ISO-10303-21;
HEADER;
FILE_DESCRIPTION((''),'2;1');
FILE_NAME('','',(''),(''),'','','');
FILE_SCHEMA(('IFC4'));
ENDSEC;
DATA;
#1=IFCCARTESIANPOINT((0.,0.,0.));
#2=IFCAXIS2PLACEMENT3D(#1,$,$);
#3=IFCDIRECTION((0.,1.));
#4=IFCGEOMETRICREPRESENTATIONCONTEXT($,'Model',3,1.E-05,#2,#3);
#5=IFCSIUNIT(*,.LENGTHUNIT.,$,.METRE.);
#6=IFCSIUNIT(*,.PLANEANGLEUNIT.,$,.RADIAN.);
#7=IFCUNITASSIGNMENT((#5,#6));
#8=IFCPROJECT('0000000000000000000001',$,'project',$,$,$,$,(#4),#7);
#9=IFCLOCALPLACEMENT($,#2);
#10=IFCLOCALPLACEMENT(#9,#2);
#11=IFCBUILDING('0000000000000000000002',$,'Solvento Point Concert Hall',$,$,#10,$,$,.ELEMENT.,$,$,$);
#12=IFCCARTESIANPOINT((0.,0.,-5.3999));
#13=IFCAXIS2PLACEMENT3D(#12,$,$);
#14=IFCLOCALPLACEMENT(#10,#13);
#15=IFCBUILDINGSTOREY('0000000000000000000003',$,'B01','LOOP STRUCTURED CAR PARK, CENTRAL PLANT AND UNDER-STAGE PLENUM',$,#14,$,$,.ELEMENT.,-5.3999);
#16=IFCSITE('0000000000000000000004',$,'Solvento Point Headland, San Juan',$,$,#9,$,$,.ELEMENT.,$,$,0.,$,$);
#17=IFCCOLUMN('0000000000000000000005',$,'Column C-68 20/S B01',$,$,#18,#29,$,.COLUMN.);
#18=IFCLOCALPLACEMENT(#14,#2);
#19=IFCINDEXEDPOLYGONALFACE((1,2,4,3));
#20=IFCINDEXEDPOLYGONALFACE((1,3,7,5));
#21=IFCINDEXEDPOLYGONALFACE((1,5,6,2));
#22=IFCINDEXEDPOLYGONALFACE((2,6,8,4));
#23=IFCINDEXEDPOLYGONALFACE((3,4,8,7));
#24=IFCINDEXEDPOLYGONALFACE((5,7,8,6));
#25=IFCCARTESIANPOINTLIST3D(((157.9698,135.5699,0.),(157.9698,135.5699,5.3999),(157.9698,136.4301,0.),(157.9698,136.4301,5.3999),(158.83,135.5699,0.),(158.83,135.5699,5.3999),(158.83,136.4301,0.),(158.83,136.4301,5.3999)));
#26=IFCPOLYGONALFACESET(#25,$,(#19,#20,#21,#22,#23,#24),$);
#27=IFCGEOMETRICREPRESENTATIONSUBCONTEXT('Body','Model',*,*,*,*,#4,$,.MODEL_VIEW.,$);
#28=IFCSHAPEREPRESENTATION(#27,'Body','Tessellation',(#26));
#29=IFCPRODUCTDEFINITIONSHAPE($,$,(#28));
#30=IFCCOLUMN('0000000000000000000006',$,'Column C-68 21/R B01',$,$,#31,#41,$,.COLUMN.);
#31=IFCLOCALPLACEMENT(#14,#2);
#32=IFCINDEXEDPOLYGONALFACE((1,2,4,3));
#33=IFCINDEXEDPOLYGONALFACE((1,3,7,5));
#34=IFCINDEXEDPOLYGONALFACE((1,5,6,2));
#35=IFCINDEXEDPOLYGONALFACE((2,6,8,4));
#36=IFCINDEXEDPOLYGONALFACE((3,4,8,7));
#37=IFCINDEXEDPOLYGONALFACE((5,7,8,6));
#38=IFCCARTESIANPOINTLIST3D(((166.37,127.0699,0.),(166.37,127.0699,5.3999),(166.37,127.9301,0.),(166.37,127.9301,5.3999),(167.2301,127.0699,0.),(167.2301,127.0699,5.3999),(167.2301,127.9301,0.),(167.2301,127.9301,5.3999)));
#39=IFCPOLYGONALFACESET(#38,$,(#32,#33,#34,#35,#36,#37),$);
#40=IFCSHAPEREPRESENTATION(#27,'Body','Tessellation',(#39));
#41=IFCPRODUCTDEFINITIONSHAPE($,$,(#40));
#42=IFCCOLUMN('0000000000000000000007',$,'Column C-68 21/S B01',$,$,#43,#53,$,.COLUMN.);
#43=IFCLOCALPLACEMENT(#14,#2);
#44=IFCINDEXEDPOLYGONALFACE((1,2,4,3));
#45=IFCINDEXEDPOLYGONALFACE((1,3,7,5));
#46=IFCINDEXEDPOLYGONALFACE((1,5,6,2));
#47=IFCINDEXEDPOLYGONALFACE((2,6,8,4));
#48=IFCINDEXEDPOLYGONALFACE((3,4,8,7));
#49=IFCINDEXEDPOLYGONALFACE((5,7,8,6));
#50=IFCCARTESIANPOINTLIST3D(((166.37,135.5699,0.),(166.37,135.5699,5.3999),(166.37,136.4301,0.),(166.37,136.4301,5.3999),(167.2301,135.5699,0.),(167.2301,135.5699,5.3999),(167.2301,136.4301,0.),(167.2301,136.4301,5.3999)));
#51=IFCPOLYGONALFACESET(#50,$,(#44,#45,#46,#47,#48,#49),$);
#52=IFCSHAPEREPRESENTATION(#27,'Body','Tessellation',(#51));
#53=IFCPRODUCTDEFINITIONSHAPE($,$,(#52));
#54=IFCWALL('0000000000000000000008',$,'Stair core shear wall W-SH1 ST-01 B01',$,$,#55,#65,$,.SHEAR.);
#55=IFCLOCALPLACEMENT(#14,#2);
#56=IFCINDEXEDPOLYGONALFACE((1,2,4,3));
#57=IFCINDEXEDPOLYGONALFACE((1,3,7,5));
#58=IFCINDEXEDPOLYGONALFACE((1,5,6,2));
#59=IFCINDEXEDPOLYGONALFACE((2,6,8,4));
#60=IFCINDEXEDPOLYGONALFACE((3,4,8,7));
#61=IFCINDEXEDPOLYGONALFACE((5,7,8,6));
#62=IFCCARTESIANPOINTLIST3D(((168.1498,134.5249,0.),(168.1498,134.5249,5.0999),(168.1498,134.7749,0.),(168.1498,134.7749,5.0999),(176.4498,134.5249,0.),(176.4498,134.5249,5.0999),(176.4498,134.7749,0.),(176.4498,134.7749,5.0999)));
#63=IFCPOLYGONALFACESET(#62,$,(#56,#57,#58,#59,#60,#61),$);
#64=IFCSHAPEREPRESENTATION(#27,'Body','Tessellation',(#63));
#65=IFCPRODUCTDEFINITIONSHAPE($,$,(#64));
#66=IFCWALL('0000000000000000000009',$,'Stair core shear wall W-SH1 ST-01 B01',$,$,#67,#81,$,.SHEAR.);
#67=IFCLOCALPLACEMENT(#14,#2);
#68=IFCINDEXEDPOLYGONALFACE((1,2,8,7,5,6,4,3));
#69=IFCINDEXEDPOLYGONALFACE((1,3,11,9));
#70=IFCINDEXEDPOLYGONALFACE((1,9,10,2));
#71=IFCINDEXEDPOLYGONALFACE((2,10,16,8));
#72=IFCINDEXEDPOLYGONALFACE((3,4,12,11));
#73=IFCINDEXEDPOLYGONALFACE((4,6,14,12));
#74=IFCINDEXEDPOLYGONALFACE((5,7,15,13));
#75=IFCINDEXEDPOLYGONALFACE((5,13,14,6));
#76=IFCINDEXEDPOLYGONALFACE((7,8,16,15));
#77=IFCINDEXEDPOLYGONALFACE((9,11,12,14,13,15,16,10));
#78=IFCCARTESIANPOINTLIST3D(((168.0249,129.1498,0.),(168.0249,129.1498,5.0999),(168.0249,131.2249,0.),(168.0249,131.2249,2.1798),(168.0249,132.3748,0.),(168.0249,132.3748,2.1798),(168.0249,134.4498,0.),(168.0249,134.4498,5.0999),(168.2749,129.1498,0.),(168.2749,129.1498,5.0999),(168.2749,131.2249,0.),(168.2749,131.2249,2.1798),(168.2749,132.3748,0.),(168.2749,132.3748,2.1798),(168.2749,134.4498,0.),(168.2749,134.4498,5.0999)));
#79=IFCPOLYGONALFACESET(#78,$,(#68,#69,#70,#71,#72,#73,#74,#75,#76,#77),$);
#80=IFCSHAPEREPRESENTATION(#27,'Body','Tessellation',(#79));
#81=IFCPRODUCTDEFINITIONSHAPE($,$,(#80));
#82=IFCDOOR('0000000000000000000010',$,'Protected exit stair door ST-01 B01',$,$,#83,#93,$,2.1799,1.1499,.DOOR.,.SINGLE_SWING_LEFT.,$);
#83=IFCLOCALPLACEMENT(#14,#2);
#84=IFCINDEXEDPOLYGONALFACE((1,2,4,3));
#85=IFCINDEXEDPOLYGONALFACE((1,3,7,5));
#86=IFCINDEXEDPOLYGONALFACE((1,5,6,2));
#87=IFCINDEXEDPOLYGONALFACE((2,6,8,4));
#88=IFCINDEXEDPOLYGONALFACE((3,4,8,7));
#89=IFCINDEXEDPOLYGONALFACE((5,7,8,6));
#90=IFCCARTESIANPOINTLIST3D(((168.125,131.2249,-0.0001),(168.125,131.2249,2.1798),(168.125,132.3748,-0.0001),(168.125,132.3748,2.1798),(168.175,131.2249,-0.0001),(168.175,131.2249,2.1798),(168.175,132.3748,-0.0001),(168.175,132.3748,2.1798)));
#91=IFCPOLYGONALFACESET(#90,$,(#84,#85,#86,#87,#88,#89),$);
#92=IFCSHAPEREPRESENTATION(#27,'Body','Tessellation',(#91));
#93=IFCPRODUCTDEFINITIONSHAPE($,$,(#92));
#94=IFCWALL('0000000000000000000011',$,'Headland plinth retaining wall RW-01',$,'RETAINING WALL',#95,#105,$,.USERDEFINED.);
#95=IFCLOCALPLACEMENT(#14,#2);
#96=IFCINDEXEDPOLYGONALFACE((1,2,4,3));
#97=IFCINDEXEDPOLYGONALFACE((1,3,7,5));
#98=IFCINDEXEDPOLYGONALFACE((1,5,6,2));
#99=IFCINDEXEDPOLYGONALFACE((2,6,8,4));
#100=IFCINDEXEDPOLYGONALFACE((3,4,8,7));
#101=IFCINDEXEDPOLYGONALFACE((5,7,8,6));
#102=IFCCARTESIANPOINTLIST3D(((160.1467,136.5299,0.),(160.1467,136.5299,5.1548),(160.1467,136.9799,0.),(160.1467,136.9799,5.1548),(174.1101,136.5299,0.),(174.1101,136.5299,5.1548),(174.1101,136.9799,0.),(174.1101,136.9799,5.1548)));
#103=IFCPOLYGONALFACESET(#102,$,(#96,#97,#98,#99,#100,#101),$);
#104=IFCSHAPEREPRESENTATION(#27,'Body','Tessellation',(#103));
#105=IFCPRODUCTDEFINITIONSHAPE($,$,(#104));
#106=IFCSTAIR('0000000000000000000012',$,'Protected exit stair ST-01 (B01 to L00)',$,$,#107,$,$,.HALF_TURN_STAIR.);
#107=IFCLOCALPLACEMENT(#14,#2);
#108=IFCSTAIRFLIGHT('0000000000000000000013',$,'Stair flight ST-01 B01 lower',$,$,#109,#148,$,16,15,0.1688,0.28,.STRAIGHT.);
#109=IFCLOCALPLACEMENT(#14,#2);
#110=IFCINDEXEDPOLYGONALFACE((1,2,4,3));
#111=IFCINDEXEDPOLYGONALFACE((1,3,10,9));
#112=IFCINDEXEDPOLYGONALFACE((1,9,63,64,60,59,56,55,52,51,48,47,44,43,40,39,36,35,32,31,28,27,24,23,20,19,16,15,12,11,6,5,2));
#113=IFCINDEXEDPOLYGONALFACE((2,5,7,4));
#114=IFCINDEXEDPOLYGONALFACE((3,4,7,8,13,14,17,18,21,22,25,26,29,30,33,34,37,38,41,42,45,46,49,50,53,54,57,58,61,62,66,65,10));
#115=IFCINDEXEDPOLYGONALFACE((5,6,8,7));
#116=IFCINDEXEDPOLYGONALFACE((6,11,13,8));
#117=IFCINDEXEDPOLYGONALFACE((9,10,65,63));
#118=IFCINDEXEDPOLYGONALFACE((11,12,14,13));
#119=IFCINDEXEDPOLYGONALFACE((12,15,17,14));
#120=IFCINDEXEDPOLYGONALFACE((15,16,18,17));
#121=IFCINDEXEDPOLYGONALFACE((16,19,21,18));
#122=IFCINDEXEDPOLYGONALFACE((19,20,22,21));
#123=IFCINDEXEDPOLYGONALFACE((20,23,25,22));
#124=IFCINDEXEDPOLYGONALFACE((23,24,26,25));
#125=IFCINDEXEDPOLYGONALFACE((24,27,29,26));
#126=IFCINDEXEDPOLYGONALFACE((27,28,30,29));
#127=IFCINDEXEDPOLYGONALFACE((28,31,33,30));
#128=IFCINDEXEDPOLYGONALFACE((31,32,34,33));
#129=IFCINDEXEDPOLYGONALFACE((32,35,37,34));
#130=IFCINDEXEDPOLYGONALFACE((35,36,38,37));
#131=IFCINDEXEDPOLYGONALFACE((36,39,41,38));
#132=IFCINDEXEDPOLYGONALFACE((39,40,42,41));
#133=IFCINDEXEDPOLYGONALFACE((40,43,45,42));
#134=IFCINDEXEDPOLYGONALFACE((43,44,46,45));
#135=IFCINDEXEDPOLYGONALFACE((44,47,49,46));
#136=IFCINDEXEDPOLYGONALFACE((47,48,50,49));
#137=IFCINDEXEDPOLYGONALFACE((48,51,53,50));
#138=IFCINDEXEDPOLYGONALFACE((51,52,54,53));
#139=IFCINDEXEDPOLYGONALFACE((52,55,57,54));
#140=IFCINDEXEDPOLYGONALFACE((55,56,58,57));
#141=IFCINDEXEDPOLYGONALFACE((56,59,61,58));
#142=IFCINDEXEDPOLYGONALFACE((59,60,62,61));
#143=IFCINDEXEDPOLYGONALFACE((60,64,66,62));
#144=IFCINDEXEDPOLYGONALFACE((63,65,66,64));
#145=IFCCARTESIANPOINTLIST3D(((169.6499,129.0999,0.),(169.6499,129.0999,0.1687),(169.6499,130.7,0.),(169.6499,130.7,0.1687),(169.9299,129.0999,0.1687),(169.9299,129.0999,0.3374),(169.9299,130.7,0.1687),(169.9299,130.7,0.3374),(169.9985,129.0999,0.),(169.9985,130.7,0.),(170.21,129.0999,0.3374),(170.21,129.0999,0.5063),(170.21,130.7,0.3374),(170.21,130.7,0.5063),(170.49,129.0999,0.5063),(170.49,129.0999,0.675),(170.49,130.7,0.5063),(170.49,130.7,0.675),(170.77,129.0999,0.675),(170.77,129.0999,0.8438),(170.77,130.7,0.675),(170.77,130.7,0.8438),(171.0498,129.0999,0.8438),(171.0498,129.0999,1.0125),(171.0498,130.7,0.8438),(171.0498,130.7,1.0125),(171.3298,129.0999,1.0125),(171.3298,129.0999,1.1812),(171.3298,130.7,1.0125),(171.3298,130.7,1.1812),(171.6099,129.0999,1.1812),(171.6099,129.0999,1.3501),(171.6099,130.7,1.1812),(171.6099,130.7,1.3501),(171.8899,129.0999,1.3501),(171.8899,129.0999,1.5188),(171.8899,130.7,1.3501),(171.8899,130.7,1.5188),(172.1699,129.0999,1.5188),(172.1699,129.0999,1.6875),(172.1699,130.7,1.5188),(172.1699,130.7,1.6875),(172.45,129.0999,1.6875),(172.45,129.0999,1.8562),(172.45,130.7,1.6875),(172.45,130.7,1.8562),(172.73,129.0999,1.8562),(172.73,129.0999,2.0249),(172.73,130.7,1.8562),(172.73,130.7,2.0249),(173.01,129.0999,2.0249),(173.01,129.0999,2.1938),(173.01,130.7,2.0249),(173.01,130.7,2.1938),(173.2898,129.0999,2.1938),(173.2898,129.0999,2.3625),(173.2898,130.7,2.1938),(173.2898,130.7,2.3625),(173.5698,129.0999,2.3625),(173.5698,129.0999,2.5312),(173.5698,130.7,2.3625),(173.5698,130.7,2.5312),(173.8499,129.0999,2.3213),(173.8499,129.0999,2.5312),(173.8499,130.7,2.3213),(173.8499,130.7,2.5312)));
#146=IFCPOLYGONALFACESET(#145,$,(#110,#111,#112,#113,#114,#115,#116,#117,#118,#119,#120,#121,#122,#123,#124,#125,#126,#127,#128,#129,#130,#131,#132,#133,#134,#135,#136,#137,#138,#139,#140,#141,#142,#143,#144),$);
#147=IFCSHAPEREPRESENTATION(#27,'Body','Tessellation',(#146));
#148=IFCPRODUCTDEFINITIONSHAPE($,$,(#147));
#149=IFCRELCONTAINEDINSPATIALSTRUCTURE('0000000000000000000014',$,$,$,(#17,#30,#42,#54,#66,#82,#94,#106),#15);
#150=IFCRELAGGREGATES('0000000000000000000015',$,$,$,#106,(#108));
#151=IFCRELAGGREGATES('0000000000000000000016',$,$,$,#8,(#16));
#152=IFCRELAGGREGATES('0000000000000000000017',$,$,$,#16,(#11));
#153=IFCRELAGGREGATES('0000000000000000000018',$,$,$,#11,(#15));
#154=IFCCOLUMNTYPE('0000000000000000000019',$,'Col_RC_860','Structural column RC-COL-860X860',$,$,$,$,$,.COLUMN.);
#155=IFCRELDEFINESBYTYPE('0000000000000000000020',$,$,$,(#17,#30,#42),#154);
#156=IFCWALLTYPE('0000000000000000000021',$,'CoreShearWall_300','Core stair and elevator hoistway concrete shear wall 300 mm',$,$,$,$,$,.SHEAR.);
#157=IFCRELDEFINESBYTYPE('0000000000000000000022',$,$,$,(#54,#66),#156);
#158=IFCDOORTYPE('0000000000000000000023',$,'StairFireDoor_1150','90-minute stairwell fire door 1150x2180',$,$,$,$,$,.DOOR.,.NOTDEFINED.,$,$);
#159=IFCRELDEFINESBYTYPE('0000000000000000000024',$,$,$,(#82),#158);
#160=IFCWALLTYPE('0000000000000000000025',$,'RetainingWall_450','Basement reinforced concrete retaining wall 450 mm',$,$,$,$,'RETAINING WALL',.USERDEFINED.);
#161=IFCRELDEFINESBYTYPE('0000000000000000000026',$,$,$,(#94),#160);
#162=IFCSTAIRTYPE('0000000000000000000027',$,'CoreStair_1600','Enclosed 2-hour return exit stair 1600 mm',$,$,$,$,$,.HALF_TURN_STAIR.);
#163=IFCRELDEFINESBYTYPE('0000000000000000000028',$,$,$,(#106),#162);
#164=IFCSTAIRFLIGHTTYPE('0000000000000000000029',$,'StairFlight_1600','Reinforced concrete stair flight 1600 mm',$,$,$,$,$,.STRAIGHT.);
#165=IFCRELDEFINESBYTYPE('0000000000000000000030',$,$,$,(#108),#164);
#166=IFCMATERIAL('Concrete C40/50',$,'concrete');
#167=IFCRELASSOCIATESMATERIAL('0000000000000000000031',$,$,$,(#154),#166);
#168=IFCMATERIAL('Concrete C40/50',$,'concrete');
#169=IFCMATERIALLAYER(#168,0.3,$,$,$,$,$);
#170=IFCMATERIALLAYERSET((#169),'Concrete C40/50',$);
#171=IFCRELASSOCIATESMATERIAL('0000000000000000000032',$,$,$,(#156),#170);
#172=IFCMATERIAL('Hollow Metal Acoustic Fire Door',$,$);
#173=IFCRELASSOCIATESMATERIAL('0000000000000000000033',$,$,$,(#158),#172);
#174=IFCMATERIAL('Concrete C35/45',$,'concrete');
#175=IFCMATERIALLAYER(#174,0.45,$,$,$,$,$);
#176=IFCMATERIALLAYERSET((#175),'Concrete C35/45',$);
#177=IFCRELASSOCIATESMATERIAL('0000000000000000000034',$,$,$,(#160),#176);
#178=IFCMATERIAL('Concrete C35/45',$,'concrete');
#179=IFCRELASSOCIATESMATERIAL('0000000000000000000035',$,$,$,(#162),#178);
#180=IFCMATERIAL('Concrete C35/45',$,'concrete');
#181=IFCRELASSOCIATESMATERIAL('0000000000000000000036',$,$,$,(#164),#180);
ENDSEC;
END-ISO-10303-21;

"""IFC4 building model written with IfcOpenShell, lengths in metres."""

from ifc_helpers import new_model, si_unit, direction, frame, frame_2d, origin, origin_2d, place, context, subcontext, project, spatial, polyline, rectangle, outline, extrude, material, layer, layer_set, material_profile, profile_set, type_object, element, fill, aggregate, save


model = new_model("IFC4")

# Units and contexts
model_context = context("Model", 3, precision=1e-05, world=origin(), true_north=direction((0.0, 1.0)))
body_context = subcontext(model_context, "Body", "Model", "MODEL_VIEW")
ifc_project = project(units=[si_unit("LENGTHUNIT", "METRE"), si_unit("PLANEANGLEUNIT", "RADIAN")], contexts=[model_context])

# Site, building, storey
site_placement = place(None, origin())
site = spatial("IfcSite", under=ifc_project, at=site_placement, Name="Solvento Point Headland, San Juan", CompositionType="ELEMENT", RefElevation=0.0)
building_placement = place(site_placement, origin())
building = spatial("IfcBuilding", under=site, at=building_placement, Name="Solvento Point Concert Hall", CompositionType="ELEMENT")
storey_placement = place(building_placement, frame((0.0, 0.0, -5.3999)))
storey = spatial("IfcBuildingStorey", under=building, at=storey_placement, Name="B01", Description="LOOP STRUCTURED CAR PARK, CENTRAL PLANT AND UNDER-STAGE PLENUM", CompositionType="ELEMENT", Elevation=-5.3999)

# Columns
ifc_material_1 = material(Name="Concrete C40/50", Category="concrete")
ifc_material_profile_1 = material_profile(ifc_material_1, rectangle(XDim=0.8601, YDim=0.8601, at=origin_2d()), Name="RC-COL-860X860")
ifc_profile_set_1 = profile_set([ifc_material_profile_1], Name="Concrete C40/50")
column_type = type_object("IfcColumnType", Name="Col_RC_860", Description="Structural column RC-COL-860X860", PredefinedType="COLUMN", material=ifc_profile_set_1)
for number, where, z_axis, x_axis, name in (
    (1, (158.3999, 136.0, 0.0), (0.0, 0.0, 1.0), (1.0, 0.0, 0.0), "Column C-68 20/S B01"),
    (2, (166.8, 127.5, 0.0), (0.0, 0.0, 1.0), (1.0, 0.0, 0.0), "Column C-68 21/R B01"),
    (3, (166.8, 136.0, 0.0), (0.0, 0.0, 1.0), (1.0, 0.0, 0.0), "Column C-68 21/S B01"),
):
    element("IfcColumn", number, at=place(storey_placement, frame(where, z_axis=z_axis, x_axis=x_axis)), inside=storey, type_object=column_type, Name=name, PredefinedType="COLUMN", context=body_context, shape_type="SweptSolid", body=[
        extrude(rectangle(XDim=0.8601, YDim=0.8601, at=origin_2d()), origin(), (0.0, 0.0, 1.0), 5.3999),
    ])

# Wall
ifc_material_2 = material(Name="Concrete C40/50", Category="concrete")
ifc_layer_1 = layer(ifc_material_2, 0.3)
ifc_layer_set_1 = layer_set([ifc_layer_1], Name="Concrete C40/50")
wall_type_1 = type_object("IfcWallType", Name="CoreShearWall_300", Description="Core stair and elevator hoistway concrete shear wall 300 mm", PredefinedType="SHEAR", material=ifc_layer_set_1)
wall_1_placement = place(storey_placement, frame((168.1499, 134.6499, 0.0), z_axis=(0.0, 0.0, 1.0), x_axis=(1.0, 0.0, 0.0)))
element("IfcWall", 4, at=wall_1_placement, inside=storey, type_object=wall_type_1, Name="Stair core shear wall W-SH1 ST-01 B01", PredefinedType="SHEAR", context=body_context, shape_type="SweptSolid", body=[
    extrude(rectangle(XDim=8.3, YDim=0.25, at=frame_2d((4.1499, 0.0))), origin(), (0.0, 0.0, 1.0), 5.0999),
])

# Wall, opening, door
wall_2_placement = place(storey_placement, frame((168.1499, 129.1499, 0.0), z_axis=(0.0, 0.0, 1.0), x_axis=(0.0, 1.0, 0.0)))
wall_2 = element("IfcWall", 5, at=wall_2_placement, inside=storey, type_object=wall_type_1, Name="Stair core shear wall W-SH1 ST-01 B01", PredefinedType="SHEAR", context=body_context, shape_type="SweptSolid", body=[
    extrude(rectangle(XDim=5.3, YDim=0.25, at=frame_2d((2.6499, 0.0))), origin(), (0.0, 0.0, 1.0), 5.0999),
])
opening_placement = place(wall_2_placement, frame((2.075, 0.0, 0.0)))
opening = element("IfcOpeningElement", 6, at=opening_placement, cuts=wall_2, PredefinedType="OPENING", context=body_context, shape_type="SweptSolid", body=[
    extrude(rectangle(XDim=1.1499, YDim=2.1799, at=frame_2d((0.575, 1.0898))), frame((0.0, 0.135, 0.0), z_axis=(0.0, -1.0, 0.0), x_axis=(1.0, 0.0, 0.0)), (0.0, 0.0, 1.0), 0.27),
])
ifc_material_3 = material(Name="Hollow Metal Acoustic Fire Door")
door_type = type_object("IfcDoorType", Name="StairFireDoor_1150", Description="90-minute stairwell fire door 1150x2180", OperationType="NOTDEFINED", PredefinedType="DOOR", material=ifc_material_3)
door_placement = place(opening_placement, origin())
door = element("IfcDoor", 7, at=door_placement, inside=storey, type_object=door_type, Name="Protected exit stair door ST-01 B01", OperationType="SINGLE_SWING_LEFT", OverallHeight=2.1799, OverallWidth=1.1499, PredefinedType="DOOR", context=body_context, shape_type="SweptSolid", body=[
    extrude(rectangle(XDim=1.1499, YDim=2.1799, at=frame_2d((0.575, 1.0898))), frame((0.0, 0.0249, 0.0), z_axis=(0.0, -1.0, 0.0), x_axis=(1.0, 0.0, 0.0)), (0.0, 0.0, 1.0), 0.05),
])
fill(opening, door)

# Wall
ifc_material_4 = material(Name="Concrete C35/45", Category="concrete")
ifc_layer_2 = layer(ifc_material_4, 0.45)
ifc_layer_set_2 = layer_set([ifc_layer_2], Name="Concrete C35/45")
wall_type_2 = type_object("IfcWallType", Name="RetainingWall_450", Description="Basement reinforced concrete retaining wall 450 mm", ElementType="RETAINING WALL", PredefinedType="USERDEFINED", material=ifc_layer_set_2)
wall_3_placement = place(storey_placement, frame((160.1467, 136.7549, 0.0), z_axis=(0.0, 0.0, 1.0), x_axis=(1.0, 0.0, 0.0)))
element("IfcWall", 8, at=wall_3_placement, inside=storey, type_object=wall_type_2, Name="Headland plinth retaining wall RW-01", ObjectType="RETAINING WALL", PredefinedType="USERDEFINED", context=body_context, shape_type="SweptSolid", body=[
    extrude(rectangle(XDim=13.9634, YDim=0.45, at=frame_2d((6.9817, 0.0))), origin(), (0.0, 0.0, 1.0), 5.1548),
])

# Stair, stair flight
ifc_material_5 = material(Name="Concrete C35/45", Category="concrete")
stair_type = type_object("IfcStairType", Name="CoreStair_1600", Description="Enclosed 2-hour return exit stair 1600 mm", PredefinedType="HALF_TURN_STAIR", material=ifc_material_5)
stair_placement = place(storey_placement, origin())
stair = element("IfcStair", 9, at=stair_placement, inside=storey, type_object=stair_type, Name="Protected exit stair ST-01 (B01 to L00)", PredefinedType="HALF_TURN_STAIR")
ifc_material_6 = material(Name="Concrete C35/45", Category="concrete")
stair_flight_type = type_object("IfcStairFlightType", Name="StairFlight_1600", Description="Reinforced concrete stair flight 1600 mm", PredefinedType="STRAIGHT", material=ifc_material_6)
stair_flight_placement = place(storey_placement, frame((169.6499, 129.8999, 0.0), z_axis=(0.0, 0.0, 1.0), x_axis=(1.0, 0.0, 0.0)))
stair_flight = element("IfcStairFlight", 10, at=stair_flight_placement, type_object=stair_flight_type, Name="Stair flight ST-01 B01 lower", NumberOfRisers=16, NumberOfTreads=15, PredefinedType="STRAIGHT", RiserHeight=0.1688, TreadLength=0.28, context=body_context, shape_type="SweptSolid", body=[
    extrude(outline(polyline([(0.0, 0.0), (0.0, 0.1687), (0.28, 0.1687), (0.28, 0.3374), (0.5601, 0.3374), (0.5601, 0.5063), (0.8401, 0.5063), (0.8401, 0.675), (1.1201, 0.675), (1.1201, 0.8438), (1.3999, 0.8438), (1.3999, 1.0125), (1.6799, 1.0125), (1.6799, 1.1812), (1.96, 1.1812), (1.96, 1.3501), (2.24, 1.3501), (2.24, 1.5188), (2.52, 1.5188), (2.52, 1.6875), (2.8, 1.6875), (2.8, 1.8562), (3.0801, 1.8562), (3.0801, 2.0249), (3.3601, 2.0249), (3.3601, 2.1938), (3.6399, 2.1938), (3.6399, 2.3625), (3.9199, 2.3625), (3.9199, 2.5312), (4.2, 2.5312), (4.2, 2.7), (4.2, 2.3213), (0.3486, 0.0), (0.0, 0.0)])), frame((0.0, 0.8, 0.0), z_axis=(0.0, -1.0, 0.0), x_axis=(1.0, 0.0, 0.0)), (0.0, 0.0, 1.0), 1.6001),
])
aggregate(stair, [stair_flight])

save(model, "model.ifc")
